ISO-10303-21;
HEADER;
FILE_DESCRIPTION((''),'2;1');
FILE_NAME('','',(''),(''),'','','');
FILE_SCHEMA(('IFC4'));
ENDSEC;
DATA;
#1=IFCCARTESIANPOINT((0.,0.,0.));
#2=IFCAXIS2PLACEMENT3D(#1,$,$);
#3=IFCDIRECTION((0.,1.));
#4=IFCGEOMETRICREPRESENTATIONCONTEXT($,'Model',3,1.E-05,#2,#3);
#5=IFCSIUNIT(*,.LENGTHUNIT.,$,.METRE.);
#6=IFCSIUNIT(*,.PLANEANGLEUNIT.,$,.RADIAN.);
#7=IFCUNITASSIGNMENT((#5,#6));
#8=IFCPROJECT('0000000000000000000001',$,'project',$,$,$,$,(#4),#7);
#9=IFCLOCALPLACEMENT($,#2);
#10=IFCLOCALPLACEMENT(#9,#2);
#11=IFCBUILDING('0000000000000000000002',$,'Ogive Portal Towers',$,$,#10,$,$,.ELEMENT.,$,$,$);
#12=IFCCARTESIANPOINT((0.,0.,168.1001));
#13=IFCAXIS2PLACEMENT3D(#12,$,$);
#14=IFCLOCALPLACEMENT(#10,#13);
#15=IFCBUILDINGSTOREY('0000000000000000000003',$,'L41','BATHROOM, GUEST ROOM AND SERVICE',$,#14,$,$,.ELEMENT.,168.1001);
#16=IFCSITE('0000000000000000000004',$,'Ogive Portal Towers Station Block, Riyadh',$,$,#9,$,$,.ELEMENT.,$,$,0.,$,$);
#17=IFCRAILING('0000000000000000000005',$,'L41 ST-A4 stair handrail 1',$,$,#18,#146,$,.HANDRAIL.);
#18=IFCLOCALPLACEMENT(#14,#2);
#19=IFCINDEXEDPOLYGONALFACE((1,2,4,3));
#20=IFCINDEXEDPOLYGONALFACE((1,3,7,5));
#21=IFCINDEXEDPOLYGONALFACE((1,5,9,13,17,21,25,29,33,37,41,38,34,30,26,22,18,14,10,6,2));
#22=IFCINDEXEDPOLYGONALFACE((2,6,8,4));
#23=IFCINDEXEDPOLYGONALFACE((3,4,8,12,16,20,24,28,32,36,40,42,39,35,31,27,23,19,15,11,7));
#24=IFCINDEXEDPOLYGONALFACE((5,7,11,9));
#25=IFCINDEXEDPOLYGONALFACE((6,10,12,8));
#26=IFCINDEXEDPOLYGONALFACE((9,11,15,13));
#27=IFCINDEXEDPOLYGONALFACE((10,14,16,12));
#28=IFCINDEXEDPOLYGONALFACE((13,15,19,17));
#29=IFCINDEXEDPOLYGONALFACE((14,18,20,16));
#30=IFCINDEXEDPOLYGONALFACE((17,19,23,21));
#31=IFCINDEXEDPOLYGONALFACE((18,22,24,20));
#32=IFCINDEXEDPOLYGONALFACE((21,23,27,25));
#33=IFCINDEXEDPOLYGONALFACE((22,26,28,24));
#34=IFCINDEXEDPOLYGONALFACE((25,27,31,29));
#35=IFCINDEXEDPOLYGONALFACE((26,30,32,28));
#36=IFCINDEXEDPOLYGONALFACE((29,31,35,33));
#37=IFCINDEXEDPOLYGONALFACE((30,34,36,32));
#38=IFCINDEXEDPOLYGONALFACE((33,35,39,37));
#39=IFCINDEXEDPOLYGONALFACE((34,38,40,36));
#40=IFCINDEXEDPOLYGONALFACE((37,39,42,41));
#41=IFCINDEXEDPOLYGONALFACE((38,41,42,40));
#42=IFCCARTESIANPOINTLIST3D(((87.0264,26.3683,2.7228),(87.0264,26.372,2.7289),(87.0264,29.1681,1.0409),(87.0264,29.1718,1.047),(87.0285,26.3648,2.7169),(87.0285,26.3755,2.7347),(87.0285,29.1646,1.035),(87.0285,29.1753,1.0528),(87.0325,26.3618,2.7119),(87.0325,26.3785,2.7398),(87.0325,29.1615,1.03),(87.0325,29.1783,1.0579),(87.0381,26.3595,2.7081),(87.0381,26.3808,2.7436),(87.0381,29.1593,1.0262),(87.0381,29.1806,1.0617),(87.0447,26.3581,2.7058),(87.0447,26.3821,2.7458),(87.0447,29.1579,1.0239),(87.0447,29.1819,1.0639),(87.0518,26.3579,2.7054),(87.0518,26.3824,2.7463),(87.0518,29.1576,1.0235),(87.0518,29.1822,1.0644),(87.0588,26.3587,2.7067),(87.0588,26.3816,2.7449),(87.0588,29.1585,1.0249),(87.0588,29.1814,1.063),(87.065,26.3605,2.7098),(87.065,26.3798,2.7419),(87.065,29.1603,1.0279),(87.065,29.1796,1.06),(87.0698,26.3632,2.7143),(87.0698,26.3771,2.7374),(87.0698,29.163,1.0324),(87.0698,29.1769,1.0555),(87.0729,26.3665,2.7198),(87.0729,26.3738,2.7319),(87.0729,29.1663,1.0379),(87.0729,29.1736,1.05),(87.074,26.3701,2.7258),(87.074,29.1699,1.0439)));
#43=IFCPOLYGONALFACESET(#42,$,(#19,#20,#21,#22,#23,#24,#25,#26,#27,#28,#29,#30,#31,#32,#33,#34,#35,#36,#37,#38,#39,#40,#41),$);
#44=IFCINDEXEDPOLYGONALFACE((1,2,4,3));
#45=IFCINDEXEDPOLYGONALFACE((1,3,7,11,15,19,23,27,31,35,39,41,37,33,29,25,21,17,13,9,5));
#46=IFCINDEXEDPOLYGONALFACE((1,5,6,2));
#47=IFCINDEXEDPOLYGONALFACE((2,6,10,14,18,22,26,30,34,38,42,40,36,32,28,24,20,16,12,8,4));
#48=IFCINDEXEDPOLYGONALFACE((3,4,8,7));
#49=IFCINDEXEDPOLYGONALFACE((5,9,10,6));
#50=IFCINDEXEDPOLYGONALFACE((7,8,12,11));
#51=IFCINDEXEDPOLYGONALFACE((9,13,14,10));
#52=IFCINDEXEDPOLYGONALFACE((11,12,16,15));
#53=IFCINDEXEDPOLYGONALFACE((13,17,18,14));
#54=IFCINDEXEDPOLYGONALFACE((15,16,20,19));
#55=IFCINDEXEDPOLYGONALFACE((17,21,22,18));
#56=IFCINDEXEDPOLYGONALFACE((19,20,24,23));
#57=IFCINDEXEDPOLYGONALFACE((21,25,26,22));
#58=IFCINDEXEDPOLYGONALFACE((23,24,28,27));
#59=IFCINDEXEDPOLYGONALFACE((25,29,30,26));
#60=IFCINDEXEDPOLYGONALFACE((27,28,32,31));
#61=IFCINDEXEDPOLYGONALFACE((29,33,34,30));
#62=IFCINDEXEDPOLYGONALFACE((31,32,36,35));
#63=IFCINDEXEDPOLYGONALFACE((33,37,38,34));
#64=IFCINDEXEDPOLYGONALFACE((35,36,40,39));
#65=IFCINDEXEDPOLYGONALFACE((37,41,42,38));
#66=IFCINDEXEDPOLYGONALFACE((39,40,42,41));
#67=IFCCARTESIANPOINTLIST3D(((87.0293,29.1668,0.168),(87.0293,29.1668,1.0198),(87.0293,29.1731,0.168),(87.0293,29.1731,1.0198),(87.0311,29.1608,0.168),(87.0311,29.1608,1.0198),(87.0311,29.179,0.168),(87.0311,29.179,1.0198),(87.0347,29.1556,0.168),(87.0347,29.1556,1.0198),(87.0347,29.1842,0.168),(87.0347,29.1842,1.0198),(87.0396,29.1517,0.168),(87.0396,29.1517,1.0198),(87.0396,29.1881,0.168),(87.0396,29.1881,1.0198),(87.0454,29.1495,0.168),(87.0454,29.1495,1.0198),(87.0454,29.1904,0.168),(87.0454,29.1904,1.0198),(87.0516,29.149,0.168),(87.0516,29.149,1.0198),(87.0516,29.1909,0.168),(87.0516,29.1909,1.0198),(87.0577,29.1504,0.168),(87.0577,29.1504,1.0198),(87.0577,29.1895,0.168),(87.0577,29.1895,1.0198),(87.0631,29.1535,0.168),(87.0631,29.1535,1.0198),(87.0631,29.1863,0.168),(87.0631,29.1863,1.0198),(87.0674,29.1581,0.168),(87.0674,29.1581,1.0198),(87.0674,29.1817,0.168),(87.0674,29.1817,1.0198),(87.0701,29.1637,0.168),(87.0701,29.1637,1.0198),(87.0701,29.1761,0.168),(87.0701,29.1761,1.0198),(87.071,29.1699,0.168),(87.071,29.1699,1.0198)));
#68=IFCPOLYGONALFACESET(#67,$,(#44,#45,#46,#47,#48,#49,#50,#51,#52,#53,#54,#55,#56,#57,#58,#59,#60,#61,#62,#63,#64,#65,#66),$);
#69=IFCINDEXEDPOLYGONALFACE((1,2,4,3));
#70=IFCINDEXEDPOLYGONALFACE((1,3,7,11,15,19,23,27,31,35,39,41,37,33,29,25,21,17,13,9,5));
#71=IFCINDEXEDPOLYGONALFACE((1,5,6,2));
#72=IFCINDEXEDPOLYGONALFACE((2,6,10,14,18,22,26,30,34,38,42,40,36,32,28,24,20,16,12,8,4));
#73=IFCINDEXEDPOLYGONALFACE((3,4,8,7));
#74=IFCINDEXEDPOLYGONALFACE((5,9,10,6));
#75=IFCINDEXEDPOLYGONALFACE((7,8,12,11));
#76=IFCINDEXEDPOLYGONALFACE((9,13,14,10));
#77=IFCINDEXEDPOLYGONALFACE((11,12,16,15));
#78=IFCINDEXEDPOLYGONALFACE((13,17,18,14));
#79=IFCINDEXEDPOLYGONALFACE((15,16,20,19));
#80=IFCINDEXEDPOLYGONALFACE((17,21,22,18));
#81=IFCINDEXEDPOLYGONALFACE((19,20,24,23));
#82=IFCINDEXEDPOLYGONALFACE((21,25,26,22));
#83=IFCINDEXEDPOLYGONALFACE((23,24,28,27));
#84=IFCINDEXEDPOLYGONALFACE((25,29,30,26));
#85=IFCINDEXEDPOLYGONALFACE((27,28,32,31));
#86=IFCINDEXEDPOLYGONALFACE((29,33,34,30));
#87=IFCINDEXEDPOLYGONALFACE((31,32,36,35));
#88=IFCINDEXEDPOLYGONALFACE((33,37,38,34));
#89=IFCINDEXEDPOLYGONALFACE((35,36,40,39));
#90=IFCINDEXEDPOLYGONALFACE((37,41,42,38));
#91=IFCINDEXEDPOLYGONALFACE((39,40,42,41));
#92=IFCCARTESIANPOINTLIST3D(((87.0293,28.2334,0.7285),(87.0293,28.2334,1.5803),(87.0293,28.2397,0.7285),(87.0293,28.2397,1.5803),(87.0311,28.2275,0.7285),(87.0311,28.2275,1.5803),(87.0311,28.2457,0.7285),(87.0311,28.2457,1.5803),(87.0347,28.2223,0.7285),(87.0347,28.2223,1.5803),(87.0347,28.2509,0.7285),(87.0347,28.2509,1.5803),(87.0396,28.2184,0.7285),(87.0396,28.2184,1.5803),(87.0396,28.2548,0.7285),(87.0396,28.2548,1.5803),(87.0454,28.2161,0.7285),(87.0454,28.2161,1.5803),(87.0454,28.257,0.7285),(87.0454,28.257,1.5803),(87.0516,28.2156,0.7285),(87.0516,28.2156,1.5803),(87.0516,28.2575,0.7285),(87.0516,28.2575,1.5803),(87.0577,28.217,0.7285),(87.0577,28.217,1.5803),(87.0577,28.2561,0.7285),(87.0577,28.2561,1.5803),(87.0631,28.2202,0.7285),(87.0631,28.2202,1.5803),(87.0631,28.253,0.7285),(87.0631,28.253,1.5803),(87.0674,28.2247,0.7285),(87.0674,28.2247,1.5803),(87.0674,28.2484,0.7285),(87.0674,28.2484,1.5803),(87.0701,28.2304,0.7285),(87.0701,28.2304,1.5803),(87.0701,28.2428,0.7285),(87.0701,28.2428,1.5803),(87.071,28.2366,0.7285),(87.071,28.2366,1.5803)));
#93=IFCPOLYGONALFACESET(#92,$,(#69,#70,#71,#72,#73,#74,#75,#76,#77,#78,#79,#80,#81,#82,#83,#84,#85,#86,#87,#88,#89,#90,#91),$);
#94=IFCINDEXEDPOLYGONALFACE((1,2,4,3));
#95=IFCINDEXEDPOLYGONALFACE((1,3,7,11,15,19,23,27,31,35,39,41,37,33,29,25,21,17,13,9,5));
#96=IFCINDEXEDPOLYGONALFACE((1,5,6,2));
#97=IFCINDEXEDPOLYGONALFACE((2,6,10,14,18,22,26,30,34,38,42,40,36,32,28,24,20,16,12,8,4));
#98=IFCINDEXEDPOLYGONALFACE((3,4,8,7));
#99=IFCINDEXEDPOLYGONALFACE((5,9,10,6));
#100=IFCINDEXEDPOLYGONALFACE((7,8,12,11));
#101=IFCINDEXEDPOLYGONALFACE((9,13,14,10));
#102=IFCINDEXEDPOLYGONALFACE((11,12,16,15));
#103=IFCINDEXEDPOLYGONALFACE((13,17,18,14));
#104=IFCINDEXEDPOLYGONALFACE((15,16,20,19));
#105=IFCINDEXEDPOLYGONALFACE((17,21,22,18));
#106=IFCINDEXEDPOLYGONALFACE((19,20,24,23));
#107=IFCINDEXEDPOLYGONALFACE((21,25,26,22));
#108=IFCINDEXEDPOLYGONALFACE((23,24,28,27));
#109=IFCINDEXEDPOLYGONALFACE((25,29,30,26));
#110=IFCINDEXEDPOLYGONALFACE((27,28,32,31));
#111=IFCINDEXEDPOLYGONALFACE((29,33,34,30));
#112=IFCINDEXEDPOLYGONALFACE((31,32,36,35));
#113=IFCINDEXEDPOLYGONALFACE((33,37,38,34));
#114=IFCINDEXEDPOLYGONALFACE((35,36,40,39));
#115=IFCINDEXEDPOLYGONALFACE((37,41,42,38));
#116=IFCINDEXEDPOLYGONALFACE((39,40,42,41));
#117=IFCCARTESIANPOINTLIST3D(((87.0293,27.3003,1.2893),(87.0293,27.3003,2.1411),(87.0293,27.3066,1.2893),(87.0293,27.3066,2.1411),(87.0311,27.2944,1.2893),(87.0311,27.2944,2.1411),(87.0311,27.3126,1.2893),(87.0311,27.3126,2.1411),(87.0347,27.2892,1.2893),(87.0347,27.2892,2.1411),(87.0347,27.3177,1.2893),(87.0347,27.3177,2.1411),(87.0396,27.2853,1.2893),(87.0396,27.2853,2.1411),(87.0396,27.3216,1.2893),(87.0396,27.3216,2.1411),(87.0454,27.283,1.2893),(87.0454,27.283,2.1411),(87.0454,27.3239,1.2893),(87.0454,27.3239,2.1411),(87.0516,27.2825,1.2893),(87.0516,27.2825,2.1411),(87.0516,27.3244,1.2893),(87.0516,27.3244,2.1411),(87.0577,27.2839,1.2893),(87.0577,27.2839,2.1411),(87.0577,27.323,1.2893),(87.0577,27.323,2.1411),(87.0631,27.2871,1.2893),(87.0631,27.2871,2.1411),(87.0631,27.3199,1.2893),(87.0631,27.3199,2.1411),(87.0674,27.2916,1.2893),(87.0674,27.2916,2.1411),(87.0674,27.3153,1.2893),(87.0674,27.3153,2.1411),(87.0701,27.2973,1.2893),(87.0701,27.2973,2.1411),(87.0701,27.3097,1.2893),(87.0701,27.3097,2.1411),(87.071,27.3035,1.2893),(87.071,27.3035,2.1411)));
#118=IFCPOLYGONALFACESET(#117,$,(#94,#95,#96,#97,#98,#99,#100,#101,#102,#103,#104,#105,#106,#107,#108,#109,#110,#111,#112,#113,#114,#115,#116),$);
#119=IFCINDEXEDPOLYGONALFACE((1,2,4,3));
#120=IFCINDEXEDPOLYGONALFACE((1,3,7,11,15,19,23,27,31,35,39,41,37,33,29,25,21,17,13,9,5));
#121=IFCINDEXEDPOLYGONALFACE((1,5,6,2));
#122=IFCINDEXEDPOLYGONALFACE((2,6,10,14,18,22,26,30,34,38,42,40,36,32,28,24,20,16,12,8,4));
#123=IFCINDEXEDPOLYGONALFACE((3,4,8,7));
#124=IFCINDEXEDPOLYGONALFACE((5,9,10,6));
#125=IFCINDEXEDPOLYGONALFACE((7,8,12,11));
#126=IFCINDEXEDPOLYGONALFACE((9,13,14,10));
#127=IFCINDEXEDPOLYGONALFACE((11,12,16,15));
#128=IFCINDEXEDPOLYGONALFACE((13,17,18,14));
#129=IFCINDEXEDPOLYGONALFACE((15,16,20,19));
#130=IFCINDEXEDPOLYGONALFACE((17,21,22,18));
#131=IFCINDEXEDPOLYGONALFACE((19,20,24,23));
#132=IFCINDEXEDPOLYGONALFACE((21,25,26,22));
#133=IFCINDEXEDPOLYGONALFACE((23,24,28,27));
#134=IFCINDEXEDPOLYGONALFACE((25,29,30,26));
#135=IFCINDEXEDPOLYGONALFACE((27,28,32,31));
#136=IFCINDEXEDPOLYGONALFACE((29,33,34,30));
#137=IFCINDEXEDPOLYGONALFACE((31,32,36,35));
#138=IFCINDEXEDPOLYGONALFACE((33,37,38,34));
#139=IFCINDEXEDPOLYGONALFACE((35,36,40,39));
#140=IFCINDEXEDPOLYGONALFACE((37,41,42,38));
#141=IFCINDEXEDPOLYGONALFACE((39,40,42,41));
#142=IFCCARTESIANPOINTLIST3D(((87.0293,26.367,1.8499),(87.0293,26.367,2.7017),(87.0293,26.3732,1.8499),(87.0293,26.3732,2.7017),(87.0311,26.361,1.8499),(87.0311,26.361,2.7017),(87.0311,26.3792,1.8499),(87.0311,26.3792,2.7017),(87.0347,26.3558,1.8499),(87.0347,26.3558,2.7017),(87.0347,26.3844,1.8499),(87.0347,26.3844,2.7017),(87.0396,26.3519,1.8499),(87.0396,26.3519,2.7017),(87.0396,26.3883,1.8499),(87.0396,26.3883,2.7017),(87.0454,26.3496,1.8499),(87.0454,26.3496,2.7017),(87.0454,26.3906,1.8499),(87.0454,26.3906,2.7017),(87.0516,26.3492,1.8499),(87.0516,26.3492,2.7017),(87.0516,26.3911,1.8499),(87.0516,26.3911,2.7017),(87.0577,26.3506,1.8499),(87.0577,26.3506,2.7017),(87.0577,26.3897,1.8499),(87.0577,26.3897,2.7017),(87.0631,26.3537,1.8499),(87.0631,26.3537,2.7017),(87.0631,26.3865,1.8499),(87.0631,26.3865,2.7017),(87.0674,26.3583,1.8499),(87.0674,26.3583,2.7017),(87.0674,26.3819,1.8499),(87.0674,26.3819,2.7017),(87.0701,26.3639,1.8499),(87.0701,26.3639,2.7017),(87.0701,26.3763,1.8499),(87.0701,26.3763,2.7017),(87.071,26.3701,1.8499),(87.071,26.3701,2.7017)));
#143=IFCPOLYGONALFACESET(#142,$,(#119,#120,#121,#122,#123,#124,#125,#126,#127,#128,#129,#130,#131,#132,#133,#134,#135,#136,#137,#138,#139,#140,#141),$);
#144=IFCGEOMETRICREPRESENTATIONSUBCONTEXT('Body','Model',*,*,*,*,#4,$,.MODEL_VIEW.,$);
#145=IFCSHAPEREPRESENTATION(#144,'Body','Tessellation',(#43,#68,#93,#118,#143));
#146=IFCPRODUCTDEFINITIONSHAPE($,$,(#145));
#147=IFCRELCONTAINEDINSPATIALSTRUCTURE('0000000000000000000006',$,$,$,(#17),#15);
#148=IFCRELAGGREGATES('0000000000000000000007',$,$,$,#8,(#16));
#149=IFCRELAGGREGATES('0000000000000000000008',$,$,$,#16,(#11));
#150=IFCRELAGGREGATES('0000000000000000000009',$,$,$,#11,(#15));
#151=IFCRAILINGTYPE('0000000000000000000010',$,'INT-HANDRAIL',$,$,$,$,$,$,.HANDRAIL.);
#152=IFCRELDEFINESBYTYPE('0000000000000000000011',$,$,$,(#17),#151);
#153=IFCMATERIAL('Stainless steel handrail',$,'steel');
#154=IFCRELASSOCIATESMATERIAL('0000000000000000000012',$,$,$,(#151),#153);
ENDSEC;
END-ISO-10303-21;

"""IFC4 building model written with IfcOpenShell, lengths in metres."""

from ifc_helpers import new_model, si_unit, direction, frame, origin, origin_2d, place, context, subcontext, project, spatial, circle, extrude, material, type_object, element, save


model = new_model("IFC4")

# Units and contexts
model_context = context("Model", 3, precision=1e-05, world=origin(), true_north=direction((0.0, 1.0)))
body_context = subcontext(model_context, "Body", "Model", "MODEL_VIEW")
ifc_project = project(units=[si_unit("LENGTHUNIT", "METRE"), si_unit("PLANEANGLEUNIT", "RADIAN")], contexts=[model_context])

# Site, building, storey
site_placement = place(None, origin())
site = spatial("IfcSite", under=ifc_project, at=site_placement, Name="Ogive Portal Towers Station Block, Riyadh", CompositionType="ELEMENT", RefElevation=0.0)
building_placement = place(site_placement, origin())
building = spatial("IfcBuilding", under=site, at=building_placement, Name="Ogive Portal Towers", CompositionType="ELEMENT")
storey_placement = place(building_placement, frame((0.0, 0.0, 168.1001)))
storey = spatial("IfcBuildingStorey", under=building, at=storey_placement, Name="L41", Description="BATHROOM, GUEST ROOM AND SERVICE", CompositionType="ELEMENT", Elevation=168.1001)

# Railing
ifc_material_1 = material(Name="Stainless steel handrail", Category="steel")
railing_type_1 = type_object("IfcRailingType", Name="INT-HANDRAIL", PredefinedType="HANDRAIL", material=ifc_material_1)
railing_1_placement = place(storey_placement, frame((87.05, 29.1699, 0.168)))
element("IfcRailing", 1, at=railing_1_placement, inside=storey, type_object=railing_type_1, Name="L41 ST-A4 stair handrail 1", PredefinedType="HANDRAIL", context=body_context, shape_type="SweptSolid", body=[
    extrude(circle(Radius=0.0239, at=origin_2d()), frame((0.0, 0.0, 0.876), z_axis=(0.0, -0.857222, 0.514946), x_axis=(1.0, 0.0, 0.0)), (0.0, 0.0, 1.0), 3.2661),
    extrude(circle(Radius=0.021, at=origin_2d()), origin(), (0.0, 0.0, 1.0), 0.8518),
    extrude(circle(Radius=0.021, at=origin_2d()), frame((0.0, -0.9333, 0.5605)), (0.0, 0.0, 1.0), 0.8518),
    extrude(circle(Radius=0.021, at=origin_2d()), frame((0.0, -1.8665, 1.1213)), (0.0, 0.0, 1.0), 0.8518),
    extrude(circle(Radius=0.021, at=origin_2d()), frame((0.0, -2.7998, 1.6819)), (0.0, 0.0, 1.0), 0.8518),
])

save(model, "model.ifc")
